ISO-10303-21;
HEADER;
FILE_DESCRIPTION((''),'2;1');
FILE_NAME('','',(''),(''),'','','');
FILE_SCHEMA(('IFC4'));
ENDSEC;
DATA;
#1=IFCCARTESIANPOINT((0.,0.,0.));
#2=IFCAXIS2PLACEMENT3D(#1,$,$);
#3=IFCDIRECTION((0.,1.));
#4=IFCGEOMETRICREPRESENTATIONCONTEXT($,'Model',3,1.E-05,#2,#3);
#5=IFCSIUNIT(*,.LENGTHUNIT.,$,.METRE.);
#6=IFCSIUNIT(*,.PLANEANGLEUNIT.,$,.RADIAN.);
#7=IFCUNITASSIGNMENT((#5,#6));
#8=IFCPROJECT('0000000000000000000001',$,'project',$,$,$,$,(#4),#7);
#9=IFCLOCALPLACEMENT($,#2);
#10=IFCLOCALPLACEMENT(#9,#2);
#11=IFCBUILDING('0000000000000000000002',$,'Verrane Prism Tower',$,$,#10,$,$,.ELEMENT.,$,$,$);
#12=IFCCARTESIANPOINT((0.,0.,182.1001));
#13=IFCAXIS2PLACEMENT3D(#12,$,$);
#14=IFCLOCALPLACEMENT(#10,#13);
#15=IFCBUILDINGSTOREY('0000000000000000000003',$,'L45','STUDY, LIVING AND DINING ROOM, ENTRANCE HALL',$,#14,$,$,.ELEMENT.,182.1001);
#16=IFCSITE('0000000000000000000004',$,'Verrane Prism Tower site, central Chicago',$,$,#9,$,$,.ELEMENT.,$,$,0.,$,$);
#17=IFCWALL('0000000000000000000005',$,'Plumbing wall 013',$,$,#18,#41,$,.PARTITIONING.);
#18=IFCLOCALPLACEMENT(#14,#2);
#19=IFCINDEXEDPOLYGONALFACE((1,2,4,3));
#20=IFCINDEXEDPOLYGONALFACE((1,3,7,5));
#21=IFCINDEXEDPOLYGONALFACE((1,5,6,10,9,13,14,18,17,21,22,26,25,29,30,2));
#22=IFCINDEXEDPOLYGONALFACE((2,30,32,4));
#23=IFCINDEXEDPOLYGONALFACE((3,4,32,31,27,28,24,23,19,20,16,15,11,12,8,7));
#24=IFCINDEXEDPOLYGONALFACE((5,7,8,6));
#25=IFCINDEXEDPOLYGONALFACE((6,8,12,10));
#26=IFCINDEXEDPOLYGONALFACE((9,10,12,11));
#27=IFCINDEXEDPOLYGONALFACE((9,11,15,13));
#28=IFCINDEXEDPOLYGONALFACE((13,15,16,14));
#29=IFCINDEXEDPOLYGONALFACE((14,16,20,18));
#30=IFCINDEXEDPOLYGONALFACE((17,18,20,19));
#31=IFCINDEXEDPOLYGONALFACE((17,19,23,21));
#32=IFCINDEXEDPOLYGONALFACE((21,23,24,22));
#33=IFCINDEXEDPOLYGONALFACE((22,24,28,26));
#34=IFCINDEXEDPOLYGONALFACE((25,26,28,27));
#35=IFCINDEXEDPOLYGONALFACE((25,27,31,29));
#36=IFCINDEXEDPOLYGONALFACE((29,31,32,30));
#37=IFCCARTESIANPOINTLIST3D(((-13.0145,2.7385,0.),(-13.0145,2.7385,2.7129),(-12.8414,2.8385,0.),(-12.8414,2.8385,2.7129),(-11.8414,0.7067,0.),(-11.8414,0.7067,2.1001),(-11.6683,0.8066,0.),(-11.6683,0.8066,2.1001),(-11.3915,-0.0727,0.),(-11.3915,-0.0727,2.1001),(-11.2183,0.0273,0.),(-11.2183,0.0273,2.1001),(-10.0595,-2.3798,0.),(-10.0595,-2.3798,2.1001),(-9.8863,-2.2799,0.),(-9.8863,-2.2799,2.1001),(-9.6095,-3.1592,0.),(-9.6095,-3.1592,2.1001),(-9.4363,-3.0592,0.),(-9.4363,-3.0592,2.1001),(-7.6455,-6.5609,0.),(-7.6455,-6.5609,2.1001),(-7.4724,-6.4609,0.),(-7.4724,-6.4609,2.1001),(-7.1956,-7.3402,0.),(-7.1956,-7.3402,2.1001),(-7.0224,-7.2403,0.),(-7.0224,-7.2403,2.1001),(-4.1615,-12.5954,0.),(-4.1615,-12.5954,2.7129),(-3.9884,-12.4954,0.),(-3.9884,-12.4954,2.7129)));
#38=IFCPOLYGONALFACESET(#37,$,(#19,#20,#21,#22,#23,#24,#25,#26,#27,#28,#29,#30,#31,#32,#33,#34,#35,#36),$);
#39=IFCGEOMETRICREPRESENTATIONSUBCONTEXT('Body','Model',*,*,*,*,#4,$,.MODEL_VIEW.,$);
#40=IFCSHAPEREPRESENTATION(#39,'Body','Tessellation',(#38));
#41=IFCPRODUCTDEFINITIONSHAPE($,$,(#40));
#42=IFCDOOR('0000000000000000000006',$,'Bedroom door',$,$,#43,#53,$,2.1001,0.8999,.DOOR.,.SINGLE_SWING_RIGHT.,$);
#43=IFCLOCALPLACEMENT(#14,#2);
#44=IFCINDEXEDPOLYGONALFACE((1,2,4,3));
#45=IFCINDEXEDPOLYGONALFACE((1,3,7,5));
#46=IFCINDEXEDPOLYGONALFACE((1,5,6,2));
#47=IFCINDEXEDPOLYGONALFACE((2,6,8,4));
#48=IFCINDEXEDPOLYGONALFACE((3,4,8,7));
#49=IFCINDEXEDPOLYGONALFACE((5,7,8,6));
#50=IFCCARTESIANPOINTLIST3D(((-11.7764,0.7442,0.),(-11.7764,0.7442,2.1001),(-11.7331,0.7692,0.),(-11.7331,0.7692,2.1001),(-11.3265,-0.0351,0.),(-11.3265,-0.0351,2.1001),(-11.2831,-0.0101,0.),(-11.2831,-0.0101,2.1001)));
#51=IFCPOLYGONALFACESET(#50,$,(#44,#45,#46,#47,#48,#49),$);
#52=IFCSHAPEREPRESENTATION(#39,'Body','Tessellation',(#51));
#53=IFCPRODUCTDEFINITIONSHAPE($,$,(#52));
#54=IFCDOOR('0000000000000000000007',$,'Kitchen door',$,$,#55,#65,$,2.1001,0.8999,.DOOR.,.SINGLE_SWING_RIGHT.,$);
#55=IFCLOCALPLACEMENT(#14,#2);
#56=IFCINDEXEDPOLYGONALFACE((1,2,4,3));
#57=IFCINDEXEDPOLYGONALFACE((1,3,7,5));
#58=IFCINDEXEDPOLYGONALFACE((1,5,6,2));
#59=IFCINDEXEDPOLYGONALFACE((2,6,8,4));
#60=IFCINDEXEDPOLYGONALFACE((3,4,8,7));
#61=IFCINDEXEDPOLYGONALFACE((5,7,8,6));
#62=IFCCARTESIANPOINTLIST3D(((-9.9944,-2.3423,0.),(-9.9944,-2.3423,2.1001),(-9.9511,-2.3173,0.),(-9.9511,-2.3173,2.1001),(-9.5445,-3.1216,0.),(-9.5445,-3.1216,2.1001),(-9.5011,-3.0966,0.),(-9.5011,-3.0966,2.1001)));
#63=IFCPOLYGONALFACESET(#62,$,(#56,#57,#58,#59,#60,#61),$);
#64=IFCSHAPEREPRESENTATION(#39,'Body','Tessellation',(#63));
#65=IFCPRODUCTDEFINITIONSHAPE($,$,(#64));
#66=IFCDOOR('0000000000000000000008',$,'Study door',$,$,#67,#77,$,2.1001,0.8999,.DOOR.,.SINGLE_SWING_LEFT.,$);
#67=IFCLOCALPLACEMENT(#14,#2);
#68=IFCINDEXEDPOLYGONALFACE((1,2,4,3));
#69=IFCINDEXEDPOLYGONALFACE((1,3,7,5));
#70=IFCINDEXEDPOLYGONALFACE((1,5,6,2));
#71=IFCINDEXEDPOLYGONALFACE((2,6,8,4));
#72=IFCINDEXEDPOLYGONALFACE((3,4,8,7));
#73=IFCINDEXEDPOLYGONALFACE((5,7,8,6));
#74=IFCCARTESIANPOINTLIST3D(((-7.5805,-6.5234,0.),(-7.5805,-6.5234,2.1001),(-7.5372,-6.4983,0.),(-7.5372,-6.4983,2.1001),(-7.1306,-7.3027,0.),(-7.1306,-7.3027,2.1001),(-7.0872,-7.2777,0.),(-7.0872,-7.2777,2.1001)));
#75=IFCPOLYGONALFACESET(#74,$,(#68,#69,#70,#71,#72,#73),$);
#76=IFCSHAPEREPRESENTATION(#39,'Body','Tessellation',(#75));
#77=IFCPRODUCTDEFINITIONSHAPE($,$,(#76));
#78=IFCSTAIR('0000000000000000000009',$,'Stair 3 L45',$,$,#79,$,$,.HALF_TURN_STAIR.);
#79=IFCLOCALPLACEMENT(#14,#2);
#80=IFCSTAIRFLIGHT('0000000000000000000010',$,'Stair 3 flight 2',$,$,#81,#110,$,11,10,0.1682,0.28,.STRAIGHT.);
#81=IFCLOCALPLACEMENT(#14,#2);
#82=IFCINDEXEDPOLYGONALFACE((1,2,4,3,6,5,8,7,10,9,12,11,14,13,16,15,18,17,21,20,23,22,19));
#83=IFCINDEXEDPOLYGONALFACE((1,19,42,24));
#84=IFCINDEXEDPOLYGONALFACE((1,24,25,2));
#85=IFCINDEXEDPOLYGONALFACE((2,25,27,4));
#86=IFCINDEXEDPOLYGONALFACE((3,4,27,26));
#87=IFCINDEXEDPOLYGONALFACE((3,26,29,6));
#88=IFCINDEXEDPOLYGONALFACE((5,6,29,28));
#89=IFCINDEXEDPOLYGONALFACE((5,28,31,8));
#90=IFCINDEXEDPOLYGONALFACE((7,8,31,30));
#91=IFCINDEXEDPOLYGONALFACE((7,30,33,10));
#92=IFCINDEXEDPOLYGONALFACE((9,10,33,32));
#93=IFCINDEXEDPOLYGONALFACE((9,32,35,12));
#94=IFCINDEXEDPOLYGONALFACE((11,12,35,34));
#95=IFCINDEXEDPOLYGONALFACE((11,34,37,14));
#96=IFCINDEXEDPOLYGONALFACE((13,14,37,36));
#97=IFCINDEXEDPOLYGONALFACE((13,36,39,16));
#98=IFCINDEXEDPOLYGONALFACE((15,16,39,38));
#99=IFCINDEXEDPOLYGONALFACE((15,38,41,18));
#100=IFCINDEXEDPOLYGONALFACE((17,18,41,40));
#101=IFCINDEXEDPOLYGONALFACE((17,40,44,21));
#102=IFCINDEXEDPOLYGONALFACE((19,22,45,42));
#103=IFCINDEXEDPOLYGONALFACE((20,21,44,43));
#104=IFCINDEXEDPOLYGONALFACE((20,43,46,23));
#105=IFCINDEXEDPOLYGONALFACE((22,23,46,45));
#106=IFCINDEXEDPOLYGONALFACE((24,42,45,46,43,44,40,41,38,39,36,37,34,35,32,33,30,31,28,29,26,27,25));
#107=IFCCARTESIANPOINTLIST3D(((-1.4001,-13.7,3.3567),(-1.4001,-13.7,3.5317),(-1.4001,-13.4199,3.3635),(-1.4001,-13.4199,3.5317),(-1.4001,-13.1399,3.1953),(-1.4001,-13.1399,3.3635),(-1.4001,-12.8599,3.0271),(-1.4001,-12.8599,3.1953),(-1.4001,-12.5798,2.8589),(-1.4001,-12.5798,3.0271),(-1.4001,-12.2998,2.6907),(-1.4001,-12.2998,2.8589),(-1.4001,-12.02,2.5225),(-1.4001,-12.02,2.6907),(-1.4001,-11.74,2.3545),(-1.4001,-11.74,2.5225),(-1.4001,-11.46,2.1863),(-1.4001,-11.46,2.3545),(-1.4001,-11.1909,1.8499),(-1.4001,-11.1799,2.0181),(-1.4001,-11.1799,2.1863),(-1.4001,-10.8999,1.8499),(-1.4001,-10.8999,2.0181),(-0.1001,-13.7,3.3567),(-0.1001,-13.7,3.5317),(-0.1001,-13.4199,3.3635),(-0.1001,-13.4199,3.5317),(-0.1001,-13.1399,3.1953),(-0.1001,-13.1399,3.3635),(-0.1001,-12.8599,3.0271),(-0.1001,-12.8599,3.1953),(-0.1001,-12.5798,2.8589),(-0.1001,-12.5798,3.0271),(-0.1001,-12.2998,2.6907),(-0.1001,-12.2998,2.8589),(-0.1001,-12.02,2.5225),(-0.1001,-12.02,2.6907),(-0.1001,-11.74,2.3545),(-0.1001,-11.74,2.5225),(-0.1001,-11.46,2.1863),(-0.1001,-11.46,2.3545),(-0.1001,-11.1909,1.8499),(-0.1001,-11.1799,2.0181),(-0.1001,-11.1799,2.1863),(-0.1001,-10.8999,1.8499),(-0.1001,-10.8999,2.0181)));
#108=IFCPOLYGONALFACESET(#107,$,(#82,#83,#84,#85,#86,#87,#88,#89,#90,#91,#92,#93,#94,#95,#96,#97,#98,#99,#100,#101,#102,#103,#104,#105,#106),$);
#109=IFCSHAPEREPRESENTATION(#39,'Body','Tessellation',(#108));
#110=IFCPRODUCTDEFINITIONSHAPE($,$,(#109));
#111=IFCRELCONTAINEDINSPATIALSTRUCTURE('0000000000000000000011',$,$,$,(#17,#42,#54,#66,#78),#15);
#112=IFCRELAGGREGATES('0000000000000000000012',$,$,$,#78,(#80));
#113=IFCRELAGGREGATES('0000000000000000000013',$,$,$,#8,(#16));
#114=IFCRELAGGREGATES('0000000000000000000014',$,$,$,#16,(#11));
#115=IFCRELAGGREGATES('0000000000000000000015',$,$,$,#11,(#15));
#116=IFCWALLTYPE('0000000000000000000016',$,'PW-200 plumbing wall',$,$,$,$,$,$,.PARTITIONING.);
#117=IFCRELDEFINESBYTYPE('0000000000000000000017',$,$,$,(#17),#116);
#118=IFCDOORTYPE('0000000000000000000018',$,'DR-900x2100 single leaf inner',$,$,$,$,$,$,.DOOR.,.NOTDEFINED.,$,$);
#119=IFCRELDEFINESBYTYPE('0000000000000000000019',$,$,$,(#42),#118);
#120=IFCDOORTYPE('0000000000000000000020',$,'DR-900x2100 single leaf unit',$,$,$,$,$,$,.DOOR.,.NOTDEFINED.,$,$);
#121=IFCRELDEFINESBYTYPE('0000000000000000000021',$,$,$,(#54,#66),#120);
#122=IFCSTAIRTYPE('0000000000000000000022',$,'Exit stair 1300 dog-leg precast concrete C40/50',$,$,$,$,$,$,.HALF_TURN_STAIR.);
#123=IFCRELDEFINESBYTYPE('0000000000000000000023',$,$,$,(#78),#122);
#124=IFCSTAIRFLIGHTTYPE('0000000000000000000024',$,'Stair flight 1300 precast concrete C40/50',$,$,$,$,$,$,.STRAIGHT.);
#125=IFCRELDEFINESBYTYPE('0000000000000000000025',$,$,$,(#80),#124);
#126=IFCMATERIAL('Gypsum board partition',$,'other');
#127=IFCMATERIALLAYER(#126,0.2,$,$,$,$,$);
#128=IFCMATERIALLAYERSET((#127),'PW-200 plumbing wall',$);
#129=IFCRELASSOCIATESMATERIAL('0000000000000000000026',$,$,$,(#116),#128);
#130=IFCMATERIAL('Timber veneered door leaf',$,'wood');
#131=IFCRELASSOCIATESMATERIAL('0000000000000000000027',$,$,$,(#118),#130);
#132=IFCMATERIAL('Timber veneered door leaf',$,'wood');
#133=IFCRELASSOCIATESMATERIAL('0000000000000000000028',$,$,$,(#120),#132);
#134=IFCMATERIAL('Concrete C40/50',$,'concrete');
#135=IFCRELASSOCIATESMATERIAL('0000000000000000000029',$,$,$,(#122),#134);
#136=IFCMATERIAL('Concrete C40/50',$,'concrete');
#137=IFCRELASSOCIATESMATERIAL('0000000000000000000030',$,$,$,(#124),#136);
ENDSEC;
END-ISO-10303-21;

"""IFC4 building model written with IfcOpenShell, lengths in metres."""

from ifc_helpers import new_model, si_unit, direction, frame, frame_2d, origin, place, context, subcontext, project, spatial, polyline, rectangle, outline, extrude, material, layer, layer_set, type_object, element, fill, aggregate, save


model = new_model("IFC4")

# Units and contexts
model_context = context("Model", 3, precision=1e-05, world=origin(), true_north=direction((0.0, 1.0)))
body_context = subcontext(model_context, "Body", "Model", "MODEL_VIEW")
ifc_project = project(units=[si_unit("LENGTHUNIT", "METRE"), si_unit("PLANEANGLEUNIT", "RADIAN")], contexts=[model_context])

# Site, building, storey
site_placement = place(None, origin())
site = spatial("IfcSite", under=ifc_project, at=site_placement, Name="Verrane Prism Tower site, central Chicago", CompositionType="ELEMENT", RefElevation=0.0)
building_placement = place(site_placement, origin())
building = spatial("IfcBuilding", under=site, at=building_placement, Name="Verrane Prism Tower", CompositionType="ELEMENT")
storey_placement = place(building_placement, frame((0.0, 0.0, 182.1001)))
storey = spatial("IfcBuildingStorey", under=building, at=storey_placement, Name="L45", Description="STUDY, LIVING AND DINING ROOM, ENTRANCE HALL", CompositionType="ELEMENT", Elevation=182.1001)

# Wall, openings, doors
ifc_material_1 = material(Name="Gypsum board partition", Category="other")
ifc_layer_1 = layer(ifc_material_1, 0.2)
ifc_layer_set_1 = layer_set([ifc_layer_1], Name="PW-200 plumbing wall")
wall_type_1 = type_object("IfcWallType", Name="PW-200 plumbing wall", PredefinedType="PARTITIONING", material=ifc_layer_set_1)
wall_1_placement = place(storey_placement, frame((-4.075, -12.5454, 0.0), z_axis=(0.0, 0.0, 1.0), x_axis=(-0.499998, 0.866027, 0.0)))
wall_1 = element("IfcWall", 1, at=wall_1_placement, inside=storey, type_object=wall_type_1, Name="Plumbing wall 013", PredefinedType="PARTITIONING", context=body_context, shape_type="SweptSolid", body=[
    extrude(rectangle(XDim=17.7061, YDim=0.2, at=frame_2d((8.853, 0.0))), origin(), (0.0, 0.0, 1.0), 2.7129),
])
opening_1_placement = place(wall_1_placement, frame((14.46, 0.0, 0.0)))
opening_1 = element("IfcOpeningElement", 2, at=opening_1_placement, cuts=wall_1, PredefinedType="OPENING", context=body_context, shape_type="SweptSolid", body=[
    extrude(rectangle(XDim=0.8999, YDim=2.1001, at=frame_2d((0.45, 1.05))), frame((0.0, 0.1099, 0.0), z_axis=(0.0, -1.0, 0.0), x_axis=(1.0, 0.0, 0.0)), (0.0, 0.0, 1.0), 0.22),
])
opening_2_placement = place(wall_1_placement, frame((10.896, 0.0, 0.0)))
opening_2 = element("IfcOpeningElement", 3, at=opening_2_placement, cuts=wall_1, PredefinedType="OPENING", context=body_context, shape_type="SweptSolid", body=[
    extrude(rectangle(XDim=0.8999, YDim=2.1001, at=frame_2d((0.45, 1.05))), frame((0.0, 0.1099, 0.0), z_axis=(0.0, -1.0, 0.0), x_axis=(1.0, 0.0, 0.0)), (0.0, 0.0, 1.0), 0.22),
])
opening_3_placement = place(wall_1_placement, frame((6.0681, 0.0, 0.0)))
opening_3 = element("IfcOpeningElement", 4, at=opening_3_placement, cuts=wall_1, PredefinedType="OPENING", context=body_context, shape_type="SweptSolid", body=[
    extrude(rectangle(XDim=0.8999, YDim=2.1001, at=frame_2d((0.45, 1.05))), frame((0.0, 0.1099, 0.0), z_axis=(0.0, -1.0, 0.0), x_axis=(1.0, 0.0, 0.0)), (0.0, 0.0, 1.0), 0.22),
])
ifc_material_2 = material(Name="Timber veneered door leaf", Category="wood")
door_type_1 = type_object("IfcDoorType", Name="DR-900x2100 single leaf inner", OperationType="NOTDEFINED", PredefinedType="DOOR", material=ifc_material_2)
door_1_placement = place(opening_1_placement, origin())
door_1 = element("IfcDoor", 5, at=door_1_placement, inside=storey, type_object=door_type_1, Name="Bedroom door", OperationType="SINGLE_SWING_RIGHT", OverallHeight=2.1001, OverallWidth=0.8999, PredefinedType="DOOR", context=body_context, shape_type="SweptSolid", body=[
    extrude(rectangle(XDim=0.8999, YDim=2.1001, at=frame_2d((0.45, 1.05))), frame((0.0, 0.0249, 0.0), z_axis=(0.0, -1.0, 0.0), x_axis=(1.0, 0.0, 0.0)), (0.0, 0.0, 1.0), 0.05),
])
fill(opening_1, door_1)
ifc_material_3 = material(Name="Timber veneered door leaf", Category="wood")
door_type_2 = type_object("IfcDoorType", Name="DR-900x2100 single leaf unit", OperationType="NOTDEFINED", PredefinedType="DOOR", material=ifc_material_3)
door_2_placement = place(opening_2_placement, origin())
door_2 = element("IfcDoor", 6, at=door_2_placement, inside=storey, type_object=door_type_2, Name="Kitchen door", OperationType="SINGLE_SWING_RIGHT", OverallHeight=2.1001, OverallWidth=0.8999, PredefinedType="DOOR", context=body_context, shape_type="SweptSolid", body=[
    extrude(rectangle(XDim=0.8999, YDim=2.1001, at=frame_2d((0.45, 1.05))), frame((0.0, 0.0249, 0.0), z_axis=(0.0, -1.0, 0.0), x_axis=(1.0, 0.0, 0.0)), (0.0, 0.0, 1.0), 0.05),
])
fill(opening_2, door_2)
door_3_placement = place(opening_3_placement, origin())
door_3 = element("IfcDoor", 7, at=door_3_placement, inside=storey, type_object=door_type_2, Name="Study door", OperationType="SINGLE_SWING_LEFT", OverallHeight=2.1001, OverallWidth=0.8999, PredefinedType="DOOR", context=body_context, shape_type="SweptSolid", body=[
    extrude(rectangle(XDim=0.8999, YDim=2.1001, at=frame_2d((0.45, 1.05))), frame((0.0, 0.0249, 0.0), z_axis=(0.0, -1.0, 0.0), x_axis=(1.0, 0.0, 0.0)), (0.0, 0.0, 1.0), 0.05),
])
fill(opening_3, door_3)

# Stair, stair flight
ifc_material_4 = material(Name="Concrete C40/50", Category="concrete")
stair_type = type_object("IfcStairType", Name="Exit stair 1300 dog-leg precast concrete C40/50", PredefinedType="HALF_TURN_STAIR", material=ifc_material_4)
stair_placement = place(storey_placement, origin())
stair = element("IfcStair", 8, at=stair_placement, inside=storey, type_object=stair_type, Name="Stair 3 L45", PredefinedType="HALF_TURN_STAIR")
ifc_material_5 = material(Name="Concrete C40/50", Category="concrete")
stair_flight_type = type_object("IfcStairFlightType", Name="Stair flight 1300 precast concrete C40/50", PredefinedType="STRAIGHT", material=ifc_material_5)
stair_flight_placement = place(storey_placement, frame((-0.75, -10.8999, 1.8499), z_axis=(0.0, 0.0, 1.0), x_axis=(0.0, -1.0, 0.0)))
stair_flight = element("IfcStairFlight", 9, at=stair_flight_placement, type_object=stair_flight_type, Name="Stair 3 flight 2", NumberOfRisers=11, NumberOfTreads=10, PredefinedType="STRAIGHT", RiserHeight=0.1682, TreadLength=0.28, context=body_context, shape_type="SweptSolid", body=[
    extrude(outline(polyline([(0.0, 0.0), (0.0, 0.1682), (0.28, 0.1682), (0.28, 0.3364), (0.5601, 0.3364), (0.5601, 0.5046), (0.8401, 0.5046), (0.8401, 0.6726), (1.1201, 0.6726), (1.1201, 0.8408), (1.3999, 0.8408), (1.3999, 1.009), (1.6799, 1.009), (1.6799, 1.1772), (1.96, 1.1772), (1.96, 1.3455), (2.24, 1.3455), (2.24, 1.5137), (2.52, 1.5137), (2.52, 1.6819), (2.8, 1.6819), (2.8, 1.8501), (2.8, 1.5068), (0.291, 0.0), (0.0, 0.0)])), frame((0.0, 0.6499, 0.0), z_axis=(0.0, -1.0, 0.0), x_axis=(1.0, 0.0, 0.0)), (0.0, 0.0, 1.0), 1.3),
])
aggregate(stair, [stair_flight])

save(model, "model.ifc")
